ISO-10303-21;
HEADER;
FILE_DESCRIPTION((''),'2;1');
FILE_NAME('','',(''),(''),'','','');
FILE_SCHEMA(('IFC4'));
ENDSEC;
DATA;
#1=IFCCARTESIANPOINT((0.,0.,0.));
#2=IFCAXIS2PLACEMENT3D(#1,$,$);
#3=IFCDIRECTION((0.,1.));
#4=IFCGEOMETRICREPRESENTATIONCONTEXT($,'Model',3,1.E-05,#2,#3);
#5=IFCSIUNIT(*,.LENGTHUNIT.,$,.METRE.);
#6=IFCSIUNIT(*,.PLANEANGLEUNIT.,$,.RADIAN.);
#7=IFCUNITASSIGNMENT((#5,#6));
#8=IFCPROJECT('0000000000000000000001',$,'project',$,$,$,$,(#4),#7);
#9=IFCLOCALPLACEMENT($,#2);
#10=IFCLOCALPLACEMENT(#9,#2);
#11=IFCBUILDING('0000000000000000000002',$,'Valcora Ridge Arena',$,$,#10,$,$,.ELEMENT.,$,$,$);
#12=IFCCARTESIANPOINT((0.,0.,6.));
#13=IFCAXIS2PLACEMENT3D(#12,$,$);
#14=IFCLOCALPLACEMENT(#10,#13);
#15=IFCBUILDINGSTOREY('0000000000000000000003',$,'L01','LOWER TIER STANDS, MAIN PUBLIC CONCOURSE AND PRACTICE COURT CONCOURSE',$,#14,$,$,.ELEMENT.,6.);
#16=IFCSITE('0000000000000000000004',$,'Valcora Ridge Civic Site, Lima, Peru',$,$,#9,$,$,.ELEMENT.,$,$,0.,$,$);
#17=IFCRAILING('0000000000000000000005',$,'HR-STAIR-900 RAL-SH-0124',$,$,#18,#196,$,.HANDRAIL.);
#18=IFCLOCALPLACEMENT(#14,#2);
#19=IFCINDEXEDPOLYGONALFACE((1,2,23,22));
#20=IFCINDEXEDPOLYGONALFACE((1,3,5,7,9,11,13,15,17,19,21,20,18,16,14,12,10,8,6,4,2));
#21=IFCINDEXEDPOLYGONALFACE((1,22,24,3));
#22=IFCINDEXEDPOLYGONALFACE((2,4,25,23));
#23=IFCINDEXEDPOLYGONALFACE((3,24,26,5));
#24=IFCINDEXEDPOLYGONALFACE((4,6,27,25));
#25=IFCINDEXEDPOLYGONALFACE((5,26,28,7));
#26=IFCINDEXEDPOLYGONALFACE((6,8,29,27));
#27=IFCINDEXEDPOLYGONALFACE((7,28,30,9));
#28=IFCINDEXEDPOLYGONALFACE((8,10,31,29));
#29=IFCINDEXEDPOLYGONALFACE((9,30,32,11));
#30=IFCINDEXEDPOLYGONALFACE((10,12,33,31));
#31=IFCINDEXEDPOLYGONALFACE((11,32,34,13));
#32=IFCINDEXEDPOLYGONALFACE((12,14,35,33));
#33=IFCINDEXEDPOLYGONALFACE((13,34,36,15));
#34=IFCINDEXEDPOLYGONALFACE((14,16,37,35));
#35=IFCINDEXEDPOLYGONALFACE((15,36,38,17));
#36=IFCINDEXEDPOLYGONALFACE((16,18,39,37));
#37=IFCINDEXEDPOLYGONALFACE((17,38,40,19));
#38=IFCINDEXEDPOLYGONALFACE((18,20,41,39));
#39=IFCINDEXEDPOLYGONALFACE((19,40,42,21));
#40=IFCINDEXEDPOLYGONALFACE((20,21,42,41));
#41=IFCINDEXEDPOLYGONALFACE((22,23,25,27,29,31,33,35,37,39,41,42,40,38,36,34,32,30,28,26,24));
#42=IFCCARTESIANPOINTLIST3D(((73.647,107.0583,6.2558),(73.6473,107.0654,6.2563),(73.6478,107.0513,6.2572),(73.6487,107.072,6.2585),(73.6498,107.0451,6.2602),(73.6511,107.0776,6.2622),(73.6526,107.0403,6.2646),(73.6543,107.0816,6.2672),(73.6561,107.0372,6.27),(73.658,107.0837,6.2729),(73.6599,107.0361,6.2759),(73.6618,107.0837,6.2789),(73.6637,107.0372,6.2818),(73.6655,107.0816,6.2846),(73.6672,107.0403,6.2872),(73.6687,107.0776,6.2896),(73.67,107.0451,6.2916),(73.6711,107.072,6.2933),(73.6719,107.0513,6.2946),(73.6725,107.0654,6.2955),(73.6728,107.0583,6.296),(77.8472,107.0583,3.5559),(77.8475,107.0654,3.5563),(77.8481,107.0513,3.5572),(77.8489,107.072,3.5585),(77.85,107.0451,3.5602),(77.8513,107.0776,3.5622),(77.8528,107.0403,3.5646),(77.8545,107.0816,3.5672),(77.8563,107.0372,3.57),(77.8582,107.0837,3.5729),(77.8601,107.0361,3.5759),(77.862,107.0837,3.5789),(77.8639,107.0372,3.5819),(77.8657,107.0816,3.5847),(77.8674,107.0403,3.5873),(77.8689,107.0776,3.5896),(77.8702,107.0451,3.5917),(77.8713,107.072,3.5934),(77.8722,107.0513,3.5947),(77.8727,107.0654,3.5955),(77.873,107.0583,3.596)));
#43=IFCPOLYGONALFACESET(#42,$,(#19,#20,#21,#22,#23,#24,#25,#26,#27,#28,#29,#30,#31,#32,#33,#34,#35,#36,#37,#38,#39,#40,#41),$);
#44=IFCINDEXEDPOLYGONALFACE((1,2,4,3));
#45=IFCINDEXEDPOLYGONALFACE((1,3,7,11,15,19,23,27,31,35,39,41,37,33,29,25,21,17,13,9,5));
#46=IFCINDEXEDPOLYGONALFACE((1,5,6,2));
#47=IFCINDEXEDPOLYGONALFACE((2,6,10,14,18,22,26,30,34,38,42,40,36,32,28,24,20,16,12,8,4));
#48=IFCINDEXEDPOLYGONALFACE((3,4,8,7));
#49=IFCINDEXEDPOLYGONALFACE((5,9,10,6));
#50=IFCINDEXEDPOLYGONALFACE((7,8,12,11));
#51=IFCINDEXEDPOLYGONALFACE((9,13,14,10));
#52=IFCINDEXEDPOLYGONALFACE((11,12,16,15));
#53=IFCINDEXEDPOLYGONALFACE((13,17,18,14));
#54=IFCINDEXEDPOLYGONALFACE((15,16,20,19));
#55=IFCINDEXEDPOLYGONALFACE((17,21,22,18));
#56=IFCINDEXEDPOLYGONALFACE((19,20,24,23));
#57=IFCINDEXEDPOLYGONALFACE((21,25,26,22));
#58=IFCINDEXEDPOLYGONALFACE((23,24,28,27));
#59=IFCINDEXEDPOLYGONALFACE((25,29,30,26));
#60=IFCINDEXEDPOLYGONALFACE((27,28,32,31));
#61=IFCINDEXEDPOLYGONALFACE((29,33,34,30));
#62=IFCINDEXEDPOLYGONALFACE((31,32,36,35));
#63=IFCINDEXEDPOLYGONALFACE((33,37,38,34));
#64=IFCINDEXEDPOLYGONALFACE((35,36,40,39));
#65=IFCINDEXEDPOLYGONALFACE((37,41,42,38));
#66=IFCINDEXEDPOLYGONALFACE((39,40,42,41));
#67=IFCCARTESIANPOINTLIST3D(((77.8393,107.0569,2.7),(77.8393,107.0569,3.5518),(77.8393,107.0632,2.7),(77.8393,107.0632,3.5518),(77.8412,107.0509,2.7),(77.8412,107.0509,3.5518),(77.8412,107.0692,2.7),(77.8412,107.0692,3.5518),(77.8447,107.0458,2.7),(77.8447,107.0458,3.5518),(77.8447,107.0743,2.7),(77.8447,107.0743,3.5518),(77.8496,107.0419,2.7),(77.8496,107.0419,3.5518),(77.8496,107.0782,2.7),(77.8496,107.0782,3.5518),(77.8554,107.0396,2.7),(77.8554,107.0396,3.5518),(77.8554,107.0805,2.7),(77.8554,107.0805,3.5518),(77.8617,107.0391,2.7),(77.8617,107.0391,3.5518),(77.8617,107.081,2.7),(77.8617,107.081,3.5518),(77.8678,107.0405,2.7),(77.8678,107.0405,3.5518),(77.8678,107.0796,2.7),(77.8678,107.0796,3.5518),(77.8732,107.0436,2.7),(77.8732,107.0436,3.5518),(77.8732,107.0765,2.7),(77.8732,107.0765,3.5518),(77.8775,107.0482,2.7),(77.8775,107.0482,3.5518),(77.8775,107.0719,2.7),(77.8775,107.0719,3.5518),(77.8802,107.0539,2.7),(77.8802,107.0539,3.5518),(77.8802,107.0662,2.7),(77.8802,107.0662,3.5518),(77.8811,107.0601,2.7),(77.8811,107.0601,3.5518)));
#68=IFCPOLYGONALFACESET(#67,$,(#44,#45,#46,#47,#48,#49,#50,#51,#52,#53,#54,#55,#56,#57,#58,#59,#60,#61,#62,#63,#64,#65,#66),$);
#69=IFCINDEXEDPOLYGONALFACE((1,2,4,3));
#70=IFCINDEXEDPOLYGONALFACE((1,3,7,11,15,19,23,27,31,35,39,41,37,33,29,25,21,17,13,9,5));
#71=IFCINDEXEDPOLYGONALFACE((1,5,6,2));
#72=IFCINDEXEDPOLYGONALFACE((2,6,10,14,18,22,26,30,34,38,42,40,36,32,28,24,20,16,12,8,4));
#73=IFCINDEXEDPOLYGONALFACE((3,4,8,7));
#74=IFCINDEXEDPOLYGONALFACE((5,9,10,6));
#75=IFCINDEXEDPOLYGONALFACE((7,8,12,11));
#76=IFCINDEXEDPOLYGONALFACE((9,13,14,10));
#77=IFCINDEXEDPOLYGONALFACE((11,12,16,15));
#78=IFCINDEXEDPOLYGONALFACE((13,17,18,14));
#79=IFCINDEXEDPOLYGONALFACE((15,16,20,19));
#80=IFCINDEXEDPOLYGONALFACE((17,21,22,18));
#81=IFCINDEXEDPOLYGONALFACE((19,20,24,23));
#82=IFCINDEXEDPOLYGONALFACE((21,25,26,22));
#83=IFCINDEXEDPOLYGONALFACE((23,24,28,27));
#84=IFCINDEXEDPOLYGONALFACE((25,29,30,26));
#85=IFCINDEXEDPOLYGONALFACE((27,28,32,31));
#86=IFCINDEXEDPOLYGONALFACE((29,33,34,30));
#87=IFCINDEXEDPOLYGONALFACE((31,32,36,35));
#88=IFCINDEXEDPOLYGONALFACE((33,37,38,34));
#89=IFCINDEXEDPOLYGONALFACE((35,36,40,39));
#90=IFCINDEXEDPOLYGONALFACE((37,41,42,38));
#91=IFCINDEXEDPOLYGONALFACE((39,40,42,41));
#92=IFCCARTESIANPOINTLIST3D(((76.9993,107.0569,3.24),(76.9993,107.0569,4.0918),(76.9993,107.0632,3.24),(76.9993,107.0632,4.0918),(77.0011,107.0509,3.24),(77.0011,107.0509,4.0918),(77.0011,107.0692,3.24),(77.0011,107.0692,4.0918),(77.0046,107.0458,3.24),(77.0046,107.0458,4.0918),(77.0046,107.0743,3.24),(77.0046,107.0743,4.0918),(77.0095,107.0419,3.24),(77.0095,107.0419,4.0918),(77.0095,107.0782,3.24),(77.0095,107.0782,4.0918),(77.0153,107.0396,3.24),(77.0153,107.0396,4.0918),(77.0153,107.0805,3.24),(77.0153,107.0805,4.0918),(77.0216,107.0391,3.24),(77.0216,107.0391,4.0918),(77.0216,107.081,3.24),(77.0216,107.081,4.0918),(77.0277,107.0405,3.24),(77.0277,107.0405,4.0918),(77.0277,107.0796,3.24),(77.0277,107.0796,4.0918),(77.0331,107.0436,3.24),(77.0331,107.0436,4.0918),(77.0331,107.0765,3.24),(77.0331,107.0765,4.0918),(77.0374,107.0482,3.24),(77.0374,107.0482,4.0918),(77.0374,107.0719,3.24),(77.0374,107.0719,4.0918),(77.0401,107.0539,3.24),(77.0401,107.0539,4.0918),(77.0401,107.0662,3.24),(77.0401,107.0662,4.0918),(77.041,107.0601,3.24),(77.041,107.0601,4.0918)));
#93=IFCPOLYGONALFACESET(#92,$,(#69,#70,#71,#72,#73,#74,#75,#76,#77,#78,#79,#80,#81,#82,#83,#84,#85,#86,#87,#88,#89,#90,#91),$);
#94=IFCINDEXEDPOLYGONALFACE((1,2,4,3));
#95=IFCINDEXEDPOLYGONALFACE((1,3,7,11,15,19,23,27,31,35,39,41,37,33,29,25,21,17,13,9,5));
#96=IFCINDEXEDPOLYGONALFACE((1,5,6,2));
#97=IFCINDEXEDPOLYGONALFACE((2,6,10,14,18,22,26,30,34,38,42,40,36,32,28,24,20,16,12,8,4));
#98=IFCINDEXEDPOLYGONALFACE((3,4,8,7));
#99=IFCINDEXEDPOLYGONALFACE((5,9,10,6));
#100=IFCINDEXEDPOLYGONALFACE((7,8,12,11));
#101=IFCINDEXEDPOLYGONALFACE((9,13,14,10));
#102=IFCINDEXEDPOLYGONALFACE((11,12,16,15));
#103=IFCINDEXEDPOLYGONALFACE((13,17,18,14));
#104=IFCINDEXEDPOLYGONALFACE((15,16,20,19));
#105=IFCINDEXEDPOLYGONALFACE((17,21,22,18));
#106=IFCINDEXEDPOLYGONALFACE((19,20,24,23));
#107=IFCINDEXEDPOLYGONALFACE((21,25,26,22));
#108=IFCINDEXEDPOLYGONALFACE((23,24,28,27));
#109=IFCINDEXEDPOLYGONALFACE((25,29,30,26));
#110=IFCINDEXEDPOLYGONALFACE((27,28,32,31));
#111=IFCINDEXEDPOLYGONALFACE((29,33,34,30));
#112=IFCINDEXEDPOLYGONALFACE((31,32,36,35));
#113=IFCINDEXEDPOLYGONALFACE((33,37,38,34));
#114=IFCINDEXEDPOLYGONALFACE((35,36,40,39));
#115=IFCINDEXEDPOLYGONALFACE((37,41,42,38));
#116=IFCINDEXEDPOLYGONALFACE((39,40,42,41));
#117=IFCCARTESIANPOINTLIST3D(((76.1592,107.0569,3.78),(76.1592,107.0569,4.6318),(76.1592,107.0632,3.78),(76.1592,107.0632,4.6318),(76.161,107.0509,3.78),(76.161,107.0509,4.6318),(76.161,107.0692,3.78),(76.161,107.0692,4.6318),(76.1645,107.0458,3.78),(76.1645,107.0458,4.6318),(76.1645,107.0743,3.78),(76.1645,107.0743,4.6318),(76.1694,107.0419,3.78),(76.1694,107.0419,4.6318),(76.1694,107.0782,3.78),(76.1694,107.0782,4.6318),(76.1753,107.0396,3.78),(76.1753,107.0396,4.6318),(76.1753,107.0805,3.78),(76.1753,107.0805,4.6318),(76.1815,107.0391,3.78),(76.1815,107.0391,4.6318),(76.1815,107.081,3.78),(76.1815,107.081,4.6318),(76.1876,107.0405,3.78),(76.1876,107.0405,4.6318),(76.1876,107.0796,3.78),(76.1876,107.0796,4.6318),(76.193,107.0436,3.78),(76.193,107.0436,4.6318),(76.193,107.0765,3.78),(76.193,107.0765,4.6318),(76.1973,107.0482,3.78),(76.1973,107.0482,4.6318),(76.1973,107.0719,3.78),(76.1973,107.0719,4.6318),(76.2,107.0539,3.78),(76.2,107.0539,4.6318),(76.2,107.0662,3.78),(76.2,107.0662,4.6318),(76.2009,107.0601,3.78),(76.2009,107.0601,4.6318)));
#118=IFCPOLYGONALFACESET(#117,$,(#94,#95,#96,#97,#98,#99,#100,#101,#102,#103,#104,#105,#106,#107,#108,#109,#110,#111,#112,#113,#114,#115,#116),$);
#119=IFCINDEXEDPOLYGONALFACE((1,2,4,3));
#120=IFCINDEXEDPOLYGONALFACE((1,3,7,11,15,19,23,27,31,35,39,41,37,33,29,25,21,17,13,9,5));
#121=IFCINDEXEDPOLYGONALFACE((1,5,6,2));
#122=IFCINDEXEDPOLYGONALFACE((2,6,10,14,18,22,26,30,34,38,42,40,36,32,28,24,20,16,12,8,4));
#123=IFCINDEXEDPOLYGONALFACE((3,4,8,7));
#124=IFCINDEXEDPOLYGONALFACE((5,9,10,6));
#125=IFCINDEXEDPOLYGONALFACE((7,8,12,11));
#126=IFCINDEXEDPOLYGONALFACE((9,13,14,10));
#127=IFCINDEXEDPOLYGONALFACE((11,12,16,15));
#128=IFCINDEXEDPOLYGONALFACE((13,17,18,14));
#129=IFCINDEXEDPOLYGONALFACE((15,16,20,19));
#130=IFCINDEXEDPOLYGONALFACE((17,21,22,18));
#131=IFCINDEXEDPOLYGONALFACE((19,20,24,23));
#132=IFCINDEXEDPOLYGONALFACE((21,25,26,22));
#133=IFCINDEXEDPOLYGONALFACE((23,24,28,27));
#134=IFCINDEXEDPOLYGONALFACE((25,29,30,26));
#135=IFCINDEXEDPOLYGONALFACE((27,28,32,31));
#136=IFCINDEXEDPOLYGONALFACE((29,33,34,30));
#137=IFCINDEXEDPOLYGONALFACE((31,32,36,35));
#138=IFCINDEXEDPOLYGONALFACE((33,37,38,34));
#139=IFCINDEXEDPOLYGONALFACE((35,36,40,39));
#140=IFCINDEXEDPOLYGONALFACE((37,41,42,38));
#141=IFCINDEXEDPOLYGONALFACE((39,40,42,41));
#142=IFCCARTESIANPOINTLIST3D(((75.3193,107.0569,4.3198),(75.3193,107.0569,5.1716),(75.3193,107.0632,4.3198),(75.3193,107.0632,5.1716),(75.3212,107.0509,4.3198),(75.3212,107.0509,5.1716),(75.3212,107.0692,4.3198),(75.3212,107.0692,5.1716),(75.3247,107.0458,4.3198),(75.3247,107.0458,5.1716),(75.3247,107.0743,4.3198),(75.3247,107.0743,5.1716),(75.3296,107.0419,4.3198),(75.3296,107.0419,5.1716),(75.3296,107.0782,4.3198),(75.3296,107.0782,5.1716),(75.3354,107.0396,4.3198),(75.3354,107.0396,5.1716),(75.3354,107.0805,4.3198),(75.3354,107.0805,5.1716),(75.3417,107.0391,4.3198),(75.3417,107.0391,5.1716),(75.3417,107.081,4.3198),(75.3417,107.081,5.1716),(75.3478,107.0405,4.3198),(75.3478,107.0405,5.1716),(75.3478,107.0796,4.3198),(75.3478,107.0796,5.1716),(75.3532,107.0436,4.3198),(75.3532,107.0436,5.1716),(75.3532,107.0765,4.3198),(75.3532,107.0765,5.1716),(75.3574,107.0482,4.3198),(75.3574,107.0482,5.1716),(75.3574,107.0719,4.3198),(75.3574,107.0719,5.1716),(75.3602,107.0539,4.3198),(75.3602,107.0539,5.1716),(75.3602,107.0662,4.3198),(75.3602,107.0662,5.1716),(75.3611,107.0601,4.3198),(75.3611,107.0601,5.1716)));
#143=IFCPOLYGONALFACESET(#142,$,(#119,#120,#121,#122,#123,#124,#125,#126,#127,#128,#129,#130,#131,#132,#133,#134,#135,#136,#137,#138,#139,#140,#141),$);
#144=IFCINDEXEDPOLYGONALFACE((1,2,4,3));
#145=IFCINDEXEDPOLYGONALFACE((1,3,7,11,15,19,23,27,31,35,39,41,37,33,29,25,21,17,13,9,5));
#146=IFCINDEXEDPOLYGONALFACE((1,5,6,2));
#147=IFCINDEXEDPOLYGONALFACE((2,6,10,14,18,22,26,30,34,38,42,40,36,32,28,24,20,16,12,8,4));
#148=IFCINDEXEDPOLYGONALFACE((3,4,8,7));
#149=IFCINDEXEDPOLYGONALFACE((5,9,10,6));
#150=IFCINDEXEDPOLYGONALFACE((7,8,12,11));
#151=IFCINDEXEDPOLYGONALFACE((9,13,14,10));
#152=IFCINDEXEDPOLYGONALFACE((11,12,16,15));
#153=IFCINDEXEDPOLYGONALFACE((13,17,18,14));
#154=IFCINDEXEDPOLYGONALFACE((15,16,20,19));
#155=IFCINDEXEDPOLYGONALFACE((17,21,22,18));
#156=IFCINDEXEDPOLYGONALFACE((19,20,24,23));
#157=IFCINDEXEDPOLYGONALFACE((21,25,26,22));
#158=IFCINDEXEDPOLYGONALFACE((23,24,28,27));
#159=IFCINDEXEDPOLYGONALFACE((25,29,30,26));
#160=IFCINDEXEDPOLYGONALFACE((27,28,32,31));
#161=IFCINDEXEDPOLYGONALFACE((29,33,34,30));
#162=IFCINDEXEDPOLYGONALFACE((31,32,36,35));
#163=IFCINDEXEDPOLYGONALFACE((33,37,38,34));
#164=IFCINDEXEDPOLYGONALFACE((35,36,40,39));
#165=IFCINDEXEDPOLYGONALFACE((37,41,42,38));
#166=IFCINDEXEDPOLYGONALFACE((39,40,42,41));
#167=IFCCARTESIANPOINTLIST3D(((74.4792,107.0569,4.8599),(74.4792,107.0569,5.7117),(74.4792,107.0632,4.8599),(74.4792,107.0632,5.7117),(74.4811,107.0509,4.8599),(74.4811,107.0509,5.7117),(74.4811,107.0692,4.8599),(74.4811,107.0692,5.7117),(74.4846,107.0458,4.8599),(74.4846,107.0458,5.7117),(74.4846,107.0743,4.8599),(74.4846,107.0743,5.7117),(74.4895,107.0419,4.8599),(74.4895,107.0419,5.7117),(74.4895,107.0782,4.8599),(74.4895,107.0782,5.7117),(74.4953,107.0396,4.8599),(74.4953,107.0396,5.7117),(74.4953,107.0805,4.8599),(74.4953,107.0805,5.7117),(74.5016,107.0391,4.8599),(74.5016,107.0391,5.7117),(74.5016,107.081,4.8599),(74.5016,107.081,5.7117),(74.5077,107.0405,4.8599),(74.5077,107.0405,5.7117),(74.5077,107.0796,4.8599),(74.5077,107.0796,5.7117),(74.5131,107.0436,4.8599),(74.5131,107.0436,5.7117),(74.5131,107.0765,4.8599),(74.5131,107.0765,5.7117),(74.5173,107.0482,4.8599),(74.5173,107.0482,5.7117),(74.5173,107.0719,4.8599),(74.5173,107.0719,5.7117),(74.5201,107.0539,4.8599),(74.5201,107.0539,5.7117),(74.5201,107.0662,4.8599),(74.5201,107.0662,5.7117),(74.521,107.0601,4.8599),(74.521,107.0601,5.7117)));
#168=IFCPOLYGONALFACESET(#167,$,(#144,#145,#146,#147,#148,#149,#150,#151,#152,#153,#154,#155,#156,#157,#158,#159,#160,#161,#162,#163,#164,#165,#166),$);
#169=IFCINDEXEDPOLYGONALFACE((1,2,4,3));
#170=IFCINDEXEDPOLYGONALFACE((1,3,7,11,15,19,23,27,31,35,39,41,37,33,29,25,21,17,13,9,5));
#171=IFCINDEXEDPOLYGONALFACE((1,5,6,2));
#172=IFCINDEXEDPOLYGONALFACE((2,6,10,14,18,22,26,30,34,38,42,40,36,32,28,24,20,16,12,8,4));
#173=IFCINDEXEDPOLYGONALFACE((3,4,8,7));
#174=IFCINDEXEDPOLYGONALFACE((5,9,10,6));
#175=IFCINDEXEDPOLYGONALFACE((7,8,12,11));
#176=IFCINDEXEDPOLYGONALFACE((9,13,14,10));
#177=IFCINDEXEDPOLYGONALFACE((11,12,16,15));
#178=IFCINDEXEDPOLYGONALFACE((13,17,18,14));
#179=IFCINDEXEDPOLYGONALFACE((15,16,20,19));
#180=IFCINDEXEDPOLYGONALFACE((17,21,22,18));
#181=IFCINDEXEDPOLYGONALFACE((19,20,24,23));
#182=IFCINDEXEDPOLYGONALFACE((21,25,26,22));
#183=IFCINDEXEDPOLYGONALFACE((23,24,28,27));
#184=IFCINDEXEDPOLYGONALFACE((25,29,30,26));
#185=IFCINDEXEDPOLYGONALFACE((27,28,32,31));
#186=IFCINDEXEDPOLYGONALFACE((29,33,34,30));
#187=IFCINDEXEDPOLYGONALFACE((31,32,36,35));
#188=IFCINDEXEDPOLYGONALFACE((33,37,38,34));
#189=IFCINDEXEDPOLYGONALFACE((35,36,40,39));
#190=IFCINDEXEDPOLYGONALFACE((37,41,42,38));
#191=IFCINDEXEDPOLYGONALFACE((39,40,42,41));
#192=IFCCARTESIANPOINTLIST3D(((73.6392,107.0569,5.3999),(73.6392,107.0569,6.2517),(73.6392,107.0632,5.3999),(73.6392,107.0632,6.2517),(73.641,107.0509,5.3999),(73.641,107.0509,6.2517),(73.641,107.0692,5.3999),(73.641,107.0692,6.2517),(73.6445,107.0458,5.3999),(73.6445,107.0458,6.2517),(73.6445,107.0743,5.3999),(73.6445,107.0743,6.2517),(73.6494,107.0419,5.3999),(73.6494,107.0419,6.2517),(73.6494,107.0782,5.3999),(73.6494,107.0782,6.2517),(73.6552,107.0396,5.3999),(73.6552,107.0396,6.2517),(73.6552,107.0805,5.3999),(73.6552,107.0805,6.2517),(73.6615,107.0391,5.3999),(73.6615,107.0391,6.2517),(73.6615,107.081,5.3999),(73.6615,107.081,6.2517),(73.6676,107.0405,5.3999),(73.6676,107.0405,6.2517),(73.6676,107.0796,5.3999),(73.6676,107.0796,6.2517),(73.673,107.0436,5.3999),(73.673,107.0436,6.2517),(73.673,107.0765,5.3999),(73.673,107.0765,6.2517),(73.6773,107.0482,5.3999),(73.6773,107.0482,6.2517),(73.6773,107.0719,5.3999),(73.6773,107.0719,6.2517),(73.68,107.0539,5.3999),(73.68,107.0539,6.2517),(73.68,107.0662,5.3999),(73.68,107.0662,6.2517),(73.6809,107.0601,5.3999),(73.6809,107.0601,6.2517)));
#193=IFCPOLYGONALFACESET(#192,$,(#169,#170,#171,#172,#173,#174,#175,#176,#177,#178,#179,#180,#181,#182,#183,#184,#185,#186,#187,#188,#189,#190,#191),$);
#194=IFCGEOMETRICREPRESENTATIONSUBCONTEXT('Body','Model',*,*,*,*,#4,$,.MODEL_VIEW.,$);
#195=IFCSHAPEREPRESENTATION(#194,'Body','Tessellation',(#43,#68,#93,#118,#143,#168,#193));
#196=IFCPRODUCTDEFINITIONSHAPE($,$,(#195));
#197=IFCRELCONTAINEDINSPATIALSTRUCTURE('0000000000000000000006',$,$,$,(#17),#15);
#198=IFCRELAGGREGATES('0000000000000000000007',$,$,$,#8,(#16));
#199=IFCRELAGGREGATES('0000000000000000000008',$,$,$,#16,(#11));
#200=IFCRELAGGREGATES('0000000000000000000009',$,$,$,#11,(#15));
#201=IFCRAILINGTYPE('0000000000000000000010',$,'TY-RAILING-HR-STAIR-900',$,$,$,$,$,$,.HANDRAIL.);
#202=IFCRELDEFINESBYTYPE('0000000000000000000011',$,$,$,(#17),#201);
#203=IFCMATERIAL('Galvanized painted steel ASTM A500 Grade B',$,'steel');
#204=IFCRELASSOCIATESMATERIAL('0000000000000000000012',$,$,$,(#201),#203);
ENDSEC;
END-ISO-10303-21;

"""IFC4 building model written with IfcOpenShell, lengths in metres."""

from ifc_helpers import new_model, si_unit, direction, frame, origin, origin_2d, place, context, subcontext, project, spatial, circle, extrude, material, type_object, element, save


model = new_model("IFC4")

# Units and contexts
model_context = context("Model", 3, precision=1e-05, world=origin(), true_north=direction((0.0, 1.0)))
body_context = subcontext(model_context, "Body", "Model", "MODEL_VIEW")
ifc_project = project(units=[si_unit("LENGTHUNIT", "METRE"), si_unit("PLANEANGLEUNIT", "RADIAN")], contexts=[model_context])

# Site, building, storey
site_placement = place(None, origin())
site = spatial("IfcSite", under=ifc_project, at=site_placement, Name="Valcora Ridge Civic Site, Lima, Peru", CompositionType="ELEMENT", RefElevation=0.0)
building_placement = place(site_placement, origin())
building = spatial("IfcBuilding", under=site, at=building_placement, Name="Valcora Ridge Arena", CompositionType="ELEMENT")
storey_placement = place(building_placement, frame((0.0, 0.0, 6.0)))
storey = spatial("IfcBuildingStorey", under=building, at=storey_placement, Name="L01", Description="LOWER TIER STANDS, MAIN PUBLIC CONCOURSE AND PRACTICE COURT CONCOURSE", CompositionType="ELEMENT", Elevation=6.0)

# Railing
ifc_material_1 = material(Name="Galvanized painted steel ASTM A500 Grade B", Category="steel")
railing_type_1 = type_object("IfcRailingType", Name="TY-RAILING-HR-STAIR-900", PredefinedType="HANDRAIL", material=ifc_material_1)
railing_1_placement = place(storey_placement, frame((77.8601, 107.0601, 2.7)))
element("IfcRailing", 1, at=railing_1_placement, inside=storey, type_object=railing_type_1, Name="HR-STAIR-900 RAL-SH-0124", PredefinedType="HANDRAIL", context=body_context, shape_type="SweptSolid", body=[
    extrude(circle(Radius=0.0239, at=origin_2d()), frame((0.0, 0.0, 0.876), z_axis=(-0.841194, 0.0, 0.540733), x_axis=(0.0, -1.0, 0.0)), (0.0, 0.0, 1.0), 4.9932),
    extrude(circle(Radius=0.021, at=origin_2d()), origin(), (0.0, 0.0, 1.0), 0.8518),
    extrude(circle(Radius=0.021, at=origin_2d()), frame((-0.8401, 0.0, 0.54)), (0.0, 0.0, 1.0), 0.8518),
    extrude(circle(Radius=0.021, at=origin_2d()), frame((-1.6802, 0.0, 1.0801)), (0.0, 0.0, 1.0), 0.8518),
    extrude(circle(Radius=0.021, at=origin_2d()), frame((-2.52, 0.0, 1.6199)), (0.0, 0.0, 1.0), 0.8518),
    extrude(circle(Radius=0.021, at=origin_2d()), frame((-3.3601, 0.0, 2.1599)), (0.0, 0.0, 1.0), 0.8518),
    extrude(circle(Radius=0.021, at=origin_2d()), frame((-4.2002, 0.0, 2.7)), (0.0, 0.0, 1.0), 0.8518),
])

save(model, "model.ifc")
